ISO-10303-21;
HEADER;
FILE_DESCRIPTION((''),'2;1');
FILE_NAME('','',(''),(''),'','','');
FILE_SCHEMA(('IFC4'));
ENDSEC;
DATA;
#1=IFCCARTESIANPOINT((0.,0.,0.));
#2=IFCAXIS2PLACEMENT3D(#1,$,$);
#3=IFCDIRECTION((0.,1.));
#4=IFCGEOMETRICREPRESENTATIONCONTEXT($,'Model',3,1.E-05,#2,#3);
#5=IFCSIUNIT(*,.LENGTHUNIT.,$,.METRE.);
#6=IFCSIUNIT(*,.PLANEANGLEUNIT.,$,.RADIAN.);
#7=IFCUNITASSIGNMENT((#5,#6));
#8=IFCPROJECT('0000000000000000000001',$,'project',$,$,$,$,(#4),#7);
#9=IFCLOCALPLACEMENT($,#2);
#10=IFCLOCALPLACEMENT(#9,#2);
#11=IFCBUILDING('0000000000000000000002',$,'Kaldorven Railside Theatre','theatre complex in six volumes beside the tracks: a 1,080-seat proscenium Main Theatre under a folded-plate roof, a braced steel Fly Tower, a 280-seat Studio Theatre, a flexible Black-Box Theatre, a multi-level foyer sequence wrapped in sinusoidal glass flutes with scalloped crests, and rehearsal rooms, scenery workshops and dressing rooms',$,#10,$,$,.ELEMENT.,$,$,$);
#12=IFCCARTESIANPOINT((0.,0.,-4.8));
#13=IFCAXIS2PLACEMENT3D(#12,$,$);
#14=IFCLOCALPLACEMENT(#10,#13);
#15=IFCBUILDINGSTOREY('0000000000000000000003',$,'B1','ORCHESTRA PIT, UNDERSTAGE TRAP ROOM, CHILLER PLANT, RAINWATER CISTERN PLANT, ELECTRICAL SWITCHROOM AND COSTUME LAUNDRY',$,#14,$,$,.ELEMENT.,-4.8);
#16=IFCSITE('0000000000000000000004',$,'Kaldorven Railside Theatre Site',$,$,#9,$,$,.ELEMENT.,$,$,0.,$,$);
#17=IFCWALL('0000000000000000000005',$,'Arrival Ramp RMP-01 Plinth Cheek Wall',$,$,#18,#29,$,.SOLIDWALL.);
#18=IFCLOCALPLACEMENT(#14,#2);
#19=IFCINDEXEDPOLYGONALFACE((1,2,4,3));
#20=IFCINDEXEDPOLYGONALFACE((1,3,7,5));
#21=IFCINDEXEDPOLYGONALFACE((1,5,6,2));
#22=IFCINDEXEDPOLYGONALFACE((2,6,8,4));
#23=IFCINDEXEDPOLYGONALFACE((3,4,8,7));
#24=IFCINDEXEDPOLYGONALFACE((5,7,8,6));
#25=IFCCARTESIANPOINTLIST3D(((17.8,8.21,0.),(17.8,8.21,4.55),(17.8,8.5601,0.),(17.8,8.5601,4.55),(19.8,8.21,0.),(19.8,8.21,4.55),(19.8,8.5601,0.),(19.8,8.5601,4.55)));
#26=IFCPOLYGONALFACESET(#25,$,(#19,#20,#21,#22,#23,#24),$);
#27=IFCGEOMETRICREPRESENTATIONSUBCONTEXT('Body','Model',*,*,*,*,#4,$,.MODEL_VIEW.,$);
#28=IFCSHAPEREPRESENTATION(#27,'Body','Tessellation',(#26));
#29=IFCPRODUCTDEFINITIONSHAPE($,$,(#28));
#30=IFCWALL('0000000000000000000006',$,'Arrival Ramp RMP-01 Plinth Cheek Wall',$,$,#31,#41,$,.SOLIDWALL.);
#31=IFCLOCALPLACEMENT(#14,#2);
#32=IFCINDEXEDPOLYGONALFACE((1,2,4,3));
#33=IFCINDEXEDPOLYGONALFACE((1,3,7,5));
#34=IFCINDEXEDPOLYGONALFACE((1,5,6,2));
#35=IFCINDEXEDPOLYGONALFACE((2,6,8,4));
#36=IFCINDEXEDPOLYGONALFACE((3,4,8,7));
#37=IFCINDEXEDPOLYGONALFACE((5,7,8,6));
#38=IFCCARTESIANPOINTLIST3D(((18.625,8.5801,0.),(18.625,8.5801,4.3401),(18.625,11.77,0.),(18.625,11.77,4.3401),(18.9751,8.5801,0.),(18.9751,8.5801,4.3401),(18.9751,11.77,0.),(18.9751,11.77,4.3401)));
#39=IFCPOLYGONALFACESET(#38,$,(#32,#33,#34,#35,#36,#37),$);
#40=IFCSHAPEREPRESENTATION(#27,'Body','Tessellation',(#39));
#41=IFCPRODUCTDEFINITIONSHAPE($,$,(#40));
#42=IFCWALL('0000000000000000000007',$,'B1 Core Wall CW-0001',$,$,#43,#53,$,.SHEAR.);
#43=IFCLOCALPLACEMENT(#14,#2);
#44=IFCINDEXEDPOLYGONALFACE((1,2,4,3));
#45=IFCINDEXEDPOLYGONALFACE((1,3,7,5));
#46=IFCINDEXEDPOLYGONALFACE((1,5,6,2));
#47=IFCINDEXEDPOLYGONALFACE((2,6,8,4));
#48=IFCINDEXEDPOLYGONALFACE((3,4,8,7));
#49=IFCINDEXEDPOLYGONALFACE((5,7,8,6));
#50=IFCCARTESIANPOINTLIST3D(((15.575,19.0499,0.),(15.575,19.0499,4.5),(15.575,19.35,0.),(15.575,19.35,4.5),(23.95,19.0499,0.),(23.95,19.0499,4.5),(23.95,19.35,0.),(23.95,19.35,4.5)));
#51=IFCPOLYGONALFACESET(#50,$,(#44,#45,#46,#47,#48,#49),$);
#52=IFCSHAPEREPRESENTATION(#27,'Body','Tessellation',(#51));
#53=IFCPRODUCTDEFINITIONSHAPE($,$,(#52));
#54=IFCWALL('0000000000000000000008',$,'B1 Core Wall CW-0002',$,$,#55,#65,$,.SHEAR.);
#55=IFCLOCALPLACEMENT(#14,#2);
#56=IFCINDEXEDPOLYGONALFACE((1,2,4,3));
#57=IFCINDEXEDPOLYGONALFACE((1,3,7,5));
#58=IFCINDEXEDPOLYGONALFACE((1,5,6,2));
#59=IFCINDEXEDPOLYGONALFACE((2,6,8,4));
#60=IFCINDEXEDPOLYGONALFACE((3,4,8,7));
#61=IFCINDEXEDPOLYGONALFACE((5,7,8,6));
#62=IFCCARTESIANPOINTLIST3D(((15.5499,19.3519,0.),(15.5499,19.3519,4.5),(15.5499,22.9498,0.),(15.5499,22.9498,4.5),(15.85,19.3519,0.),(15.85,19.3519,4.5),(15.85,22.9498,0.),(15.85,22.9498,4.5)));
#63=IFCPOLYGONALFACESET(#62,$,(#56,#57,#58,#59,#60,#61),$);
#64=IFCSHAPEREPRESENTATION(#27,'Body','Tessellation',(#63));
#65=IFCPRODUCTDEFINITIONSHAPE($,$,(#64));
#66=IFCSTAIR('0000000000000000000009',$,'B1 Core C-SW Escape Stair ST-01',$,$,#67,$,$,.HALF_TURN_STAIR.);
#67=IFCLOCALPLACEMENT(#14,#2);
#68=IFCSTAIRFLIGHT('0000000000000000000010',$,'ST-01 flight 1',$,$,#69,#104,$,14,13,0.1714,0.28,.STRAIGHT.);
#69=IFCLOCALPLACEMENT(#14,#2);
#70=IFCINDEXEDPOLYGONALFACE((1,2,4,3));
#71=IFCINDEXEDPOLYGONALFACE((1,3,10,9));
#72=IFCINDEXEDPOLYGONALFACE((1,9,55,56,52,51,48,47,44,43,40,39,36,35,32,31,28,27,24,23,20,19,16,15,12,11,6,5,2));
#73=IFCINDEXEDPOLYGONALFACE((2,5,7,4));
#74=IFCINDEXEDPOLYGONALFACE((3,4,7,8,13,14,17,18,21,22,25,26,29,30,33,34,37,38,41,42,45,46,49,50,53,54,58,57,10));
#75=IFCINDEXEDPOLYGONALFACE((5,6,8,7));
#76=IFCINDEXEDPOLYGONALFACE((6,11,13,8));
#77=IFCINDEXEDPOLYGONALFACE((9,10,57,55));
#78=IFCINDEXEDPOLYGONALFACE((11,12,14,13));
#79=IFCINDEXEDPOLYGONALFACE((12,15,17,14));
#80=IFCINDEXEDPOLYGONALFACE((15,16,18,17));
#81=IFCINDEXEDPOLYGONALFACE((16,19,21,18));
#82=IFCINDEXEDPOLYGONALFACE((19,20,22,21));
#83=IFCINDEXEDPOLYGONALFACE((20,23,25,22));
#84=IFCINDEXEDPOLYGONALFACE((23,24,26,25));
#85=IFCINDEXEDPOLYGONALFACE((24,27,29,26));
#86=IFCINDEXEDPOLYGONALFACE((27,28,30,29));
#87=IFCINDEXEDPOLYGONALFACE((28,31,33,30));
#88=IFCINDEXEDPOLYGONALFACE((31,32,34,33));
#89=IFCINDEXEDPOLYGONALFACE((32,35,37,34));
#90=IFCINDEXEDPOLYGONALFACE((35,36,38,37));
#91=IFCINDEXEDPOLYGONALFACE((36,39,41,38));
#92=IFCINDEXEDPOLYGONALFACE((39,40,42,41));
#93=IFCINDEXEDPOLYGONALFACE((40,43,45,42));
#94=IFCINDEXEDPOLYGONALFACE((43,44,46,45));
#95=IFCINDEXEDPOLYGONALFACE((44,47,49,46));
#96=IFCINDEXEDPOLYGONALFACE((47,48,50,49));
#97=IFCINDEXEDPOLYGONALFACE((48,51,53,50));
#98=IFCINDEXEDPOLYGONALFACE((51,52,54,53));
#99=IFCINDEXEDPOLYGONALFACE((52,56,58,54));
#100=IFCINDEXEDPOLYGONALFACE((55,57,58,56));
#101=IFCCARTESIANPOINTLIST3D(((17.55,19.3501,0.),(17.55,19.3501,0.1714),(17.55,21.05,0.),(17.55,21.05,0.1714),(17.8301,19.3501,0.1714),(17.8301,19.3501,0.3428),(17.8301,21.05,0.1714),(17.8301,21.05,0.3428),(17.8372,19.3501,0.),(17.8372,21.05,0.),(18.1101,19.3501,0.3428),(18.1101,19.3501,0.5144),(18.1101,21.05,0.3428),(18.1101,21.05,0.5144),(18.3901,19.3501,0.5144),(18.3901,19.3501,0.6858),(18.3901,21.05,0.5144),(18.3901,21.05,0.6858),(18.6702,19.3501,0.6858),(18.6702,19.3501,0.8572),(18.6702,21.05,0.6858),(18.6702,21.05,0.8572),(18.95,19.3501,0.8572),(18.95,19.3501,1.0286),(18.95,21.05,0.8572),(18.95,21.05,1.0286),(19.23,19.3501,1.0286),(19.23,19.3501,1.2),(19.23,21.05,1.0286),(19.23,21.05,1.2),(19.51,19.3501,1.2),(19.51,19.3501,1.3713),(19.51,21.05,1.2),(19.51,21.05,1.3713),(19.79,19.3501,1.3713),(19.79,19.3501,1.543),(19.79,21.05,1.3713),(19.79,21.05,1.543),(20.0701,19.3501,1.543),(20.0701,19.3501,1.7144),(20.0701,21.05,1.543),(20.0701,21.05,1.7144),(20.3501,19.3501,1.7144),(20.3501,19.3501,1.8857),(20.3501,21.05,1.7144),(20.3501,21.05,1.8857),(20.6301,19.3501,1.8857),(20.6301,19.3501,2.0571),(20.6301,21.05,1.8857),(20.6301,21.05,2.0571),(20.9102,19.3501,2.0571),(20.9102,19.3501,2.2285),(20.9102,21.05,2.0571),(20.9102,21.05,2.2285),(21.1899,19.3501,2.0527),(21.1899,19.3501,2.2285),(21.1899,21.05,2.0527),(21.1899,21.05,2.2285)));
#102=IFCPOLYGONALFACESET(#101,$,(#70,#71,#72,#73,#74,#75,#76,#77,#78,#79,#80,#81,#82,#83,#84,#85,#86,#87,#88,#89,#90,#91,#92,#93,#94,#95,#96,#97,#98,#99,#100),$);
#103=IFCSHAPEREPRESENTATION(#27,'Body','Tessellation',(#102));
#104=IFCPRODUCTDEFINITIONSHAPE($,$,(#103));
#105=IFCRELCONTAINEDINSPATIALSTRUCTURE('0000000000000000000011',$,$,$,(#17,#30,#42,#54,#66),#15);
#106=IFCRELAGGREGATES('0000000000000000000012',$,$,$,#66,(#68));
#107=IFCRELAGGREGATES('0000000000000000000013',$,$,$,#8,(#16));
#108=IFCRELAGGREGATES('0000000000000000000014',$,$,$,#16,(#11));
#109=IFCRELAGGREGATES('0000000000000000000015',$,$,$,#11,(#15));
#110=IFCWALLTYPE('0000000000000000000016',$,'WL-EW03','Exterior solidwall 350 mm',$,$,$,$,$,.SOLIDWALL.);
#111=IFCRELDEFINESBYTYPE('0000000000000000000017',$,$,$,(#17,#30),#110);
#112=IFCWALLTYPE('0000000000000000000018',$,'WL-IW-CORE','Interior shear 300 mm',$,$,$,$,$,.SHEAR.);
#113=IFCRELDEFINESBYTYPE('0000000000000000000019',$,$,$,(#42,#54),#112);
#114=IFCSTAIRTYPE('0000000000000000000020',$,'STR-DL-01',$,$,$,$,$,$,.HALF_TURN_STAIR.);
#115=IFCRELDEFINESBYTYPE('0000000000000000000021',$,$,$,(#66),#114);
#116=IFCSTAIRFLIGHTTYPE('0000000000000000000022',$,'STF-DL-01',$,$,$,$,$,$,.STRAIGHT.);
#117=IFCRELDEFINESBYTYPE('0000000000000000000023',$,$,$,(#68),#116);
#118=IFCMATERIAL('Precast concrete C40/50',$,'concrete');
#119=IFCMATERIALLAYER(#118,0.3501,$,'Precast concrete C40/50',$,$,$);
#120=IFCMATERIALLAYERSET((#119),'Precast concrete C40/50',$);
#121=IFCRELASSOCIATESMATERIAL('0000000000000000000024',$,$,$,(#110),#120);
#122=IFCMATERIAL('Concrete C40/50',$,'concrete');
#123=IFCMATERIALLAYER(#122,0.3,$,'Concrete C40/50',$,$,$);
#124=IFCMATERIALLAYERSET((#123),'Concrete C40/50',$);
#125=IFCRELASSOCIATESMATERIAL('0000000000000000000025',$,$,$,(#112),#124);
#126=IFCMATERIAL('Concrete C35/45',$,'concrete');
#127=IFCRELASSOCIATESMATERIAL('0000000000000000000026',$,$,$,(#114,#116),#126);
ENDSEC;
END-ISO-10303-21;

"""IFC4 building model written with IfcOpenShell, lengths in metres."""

from ifc_helpers import new_model, si_unit, direction, frame, frame_2d, origin, place, context, subcontext, project, spatial, polyline, rectangle, outline, extrude, material, layer, layer_set, type_object, element, aggregate, save


model = new_model("IFC4")

# Units and contexts
model_context = context("Model", 3, precision=1e-05, world=origin(), true_north=direction((0.0, 1.0)))
body_context = subcontext(model_context, "Body", "Model", "MODEL_VIEW")
ifc_project = project(units=[si_unit("LENGTHUNIT", "METRE"), si_unit("PLANEANGLEUNIT", "RADIAN")], contexts=[model_context])

# Site, building, storey
site_placement = place(None, origin())
site = spatial("IfcSite", under=ifc_project, at=site_placement, Name="Kaldorven Railside Theatre Site", CompositionType="ELEMENT", RefElevation=0.0)
building_placement = place(site_placement, origin())
building = spatial("IfcBuilding", under=site, at=building_placement, Name="Kaldorven Railside Theatre", Description="theatre complex in six volumes beside the tracks: a 1,080-seat proscenium Main Theatre under a folded-plate roof, a braced steel Fly Tower, a 280-seat Studio Theatre, a flexible Black-Box Theatre, a multi-level foyer sequence wrapped in sinusoidal glass flutes with scalloped crests, and rehearsal rooms, scenery workshops and dressing rooms", CompositionType="ELEMENT")
storey_placement = place(building_placement, frame((0.0, 0.0, -4.8)))
storey = spatial("IfcBuildingStorey", under=building, at=storey_placement, Name="B1", Description="ORCHESTRA PIT, UNDERSTAGE TRAP ROOM, CHILLER PLANT, RAINWATER CISTERN PLANT, ELECTRICAL SWITCHROOM AND COSTUME LAUNDRY", CompositionType="ELEMENT", Elevation=-4.8)

# Shared definitions
ifc_material_1 = material(Name="Concrete C40/50", Category="concrete")

# Shared definitions
ifc_material_2 = material(Name="Concrete C35/45", Category="concrete")

# Walls
ifc_material_3 = material(Name="Precast concrete C40/50", Category="concrete")
ifc_layer_1 = layer(ifc_material_3, 0.3501, Name="Precast concrete C40/50")
ifc_layer_set_1 = layer_set([ifc_layer_1], Name="Precast concrete C40/50")
wall_type_1 = type_object("IfcWallType", Name="WL-EW03", Description="Exterior solidwall 350 mm", PredefinedType="SOLIDWALL", material=ifc_layer_set_1)
wall_1_placement = place(storey_placement, frame((17.8, 8.385, 0.0), z_axis=(0.0, 0.0, 1.0), x_axis=(1.0, 0.0, 0.0)))
element("IfcWall", 1, at=wall_1_placement, inside=storey, type_object=wall_type_1, Name="Arrival Ramp RMP-01 Plinth Cheek Wall", PredefinedType="SOLIDWALL", context=body_context, shape_type="SweptSolid", body=[
    extrude(rectangle(XDim=2.0, YDim=0.3501, at=frame_2d((1.0, 0.0))), origin(), (0.0, 0.0, 1.0), 4.55),
])
wall_2_placement = place(storey_placement, frame((18.8, 8.5801, 0.0), z_axis=(0.0, 0.0, 1.0), x_axis=(0.0, 1.0, 0.0)))
element("IfcWall", 2, at=wall_2_placement, inside=storey, type_object=wall_type_1, Name="Arrival Ramp RMP-01 Plinth Cheek Wall", PredefinedType="SOLIDWALL", context=body_context, shape_type="SweptSolid", body=[
    extrude(rectangle(XDim=3.1899, YDim=0.3501, at=frame_2d((1.595, 0.0))), origin(), (0.0, 0.0, 1.0), 4.3401),
])
ifc_layer_2 = layer(ifc_material_1, 0.3, Name="Concrete C40/50")
ifc_layer_set_2 = layer_set([ifc_layer_2], Name="Concrete C40/50")
wall_type_2 = type_object("IfcWallType", Name="WL-IW-CORE", Description="Interior shear 300 mm", PredefinedType="SHEAR", material=ifc_layer_set_2)
wall_3_placement = place(storey_placement, frame((23.95, 19.2, 0.0), z_axis=(0.0, 0.0, 1.0), x_axis=(-1.0, 0.0, 0.0)))
element("IfcWall", 3, at=wall_3_placement, inside=storey, type_object=wall_type_2, Name="B1 Core Wall CW-0001", PredefinedType="SHEAR", context=body_context, shape_type="SweptSolid", body=[
    extrude(rectangle(XDim=8.375, YDim=0.3, at=frame_2d((4.1875, 0.0))), origin(), (0.0, 0.0, 1.0), 4.5),
])
wall_4_placement = place(storey_placement, frame((15.7, 19.3521, 0.0), z_axis=(0.0, 0.0, 1.0), x_axis=(0.0, 1.0, 0.0)))
element("IfcWall", 4, at=wall_4_placement, inside=storey, type_object=wall_type_2, Name="B1 Core Wall CW-0002", PredefinedType="SHEAR", context=body_context, shape_type="SweptSolid", body=[
    extrude(rectangle(XDim=3.5979, YDim=0.3, at=frame_2d((1.7988, 0.0))), origin(), (0.0, 0.0, 1.0), 4.5),
])

# Stair, stair flight
stair_type = type_object("IfcStairType", Name="STR-DL-01", PredefinedType="HALF_TURN_STAIR", material=ifc_material_2)
stair_placement = place(storey_placement, origin())
stair = element("IfcStair", 5, at=stair_placement, inside=storey, type_object=stair_type, Name="B1 Core C-SW Escape Stair ST-01", PredefinedType="HALF_TURN_STAIR")
stair_flight_type = type_object("IfcStairFlightType", Name="STF-DL-01", PredefinedType="STRAIGHT", material=ifc_material_2)
stair_flight_placement = place(storey_placement, frame((17.55, 20.2, 0.0), z_axis=(0.0, 0.0, 1.0), x_axis=(1.0, 0.0, 0.0)))
stair_flight = element("IfcStairFlight", 6, at=stair_flight_placement, type_object=stair_flight_type, Name="ST-01 flight 1", NumberOfRisers=14, NumberOfTreads=13, PredefinedType="STRAIGHT", RiserHeight=0.1714, TreadLength=0.28, context=body_context, shape_type="SweptSolid", body=[
    extrude(outline(polyline([(0.0, 0.0), (0.0, 0.1714), (0.28, 0.1714), (0.28, 0.3428), (0.5601, 0.3428), (0.5601, 0.5144), (0.8401, 0.5144), (0.8401, 0.6858), (1.1201, 0.6858), (1.1201, 0.8572), (1.3999, 0.8572), (1.3999, 1.0286), (1.6799, 1.0286), (1.6799, 1.2), (1.96, 1.2), (1.96, 1.3713), (2.24, 1.3713), (2.24, 1.543), (2.52, 1.543), (2.52, 1.7144), (2.8, 1.7144), (2.8, 1.8857), (3.0801, 1.8857), (3.0801, 2.0571), (3.3601, 2.0571), (3.3601, 2.2285), (3.6399, 2.2285), (3.6399, 2.3999), (3.6399, 2.0527), (0.2871, 0.0), (0.0, 0.0)])), frame((0.0, 0.8501, 0.0), z_axis=(0.0, -1.0, 0.0), x_axis=(1.0, 0.0, 0.0)), (0.0, 0.0, 1.0), 1.7),
])
aggregate(stair, [stair_flight])

save(model, "model.ifc")
